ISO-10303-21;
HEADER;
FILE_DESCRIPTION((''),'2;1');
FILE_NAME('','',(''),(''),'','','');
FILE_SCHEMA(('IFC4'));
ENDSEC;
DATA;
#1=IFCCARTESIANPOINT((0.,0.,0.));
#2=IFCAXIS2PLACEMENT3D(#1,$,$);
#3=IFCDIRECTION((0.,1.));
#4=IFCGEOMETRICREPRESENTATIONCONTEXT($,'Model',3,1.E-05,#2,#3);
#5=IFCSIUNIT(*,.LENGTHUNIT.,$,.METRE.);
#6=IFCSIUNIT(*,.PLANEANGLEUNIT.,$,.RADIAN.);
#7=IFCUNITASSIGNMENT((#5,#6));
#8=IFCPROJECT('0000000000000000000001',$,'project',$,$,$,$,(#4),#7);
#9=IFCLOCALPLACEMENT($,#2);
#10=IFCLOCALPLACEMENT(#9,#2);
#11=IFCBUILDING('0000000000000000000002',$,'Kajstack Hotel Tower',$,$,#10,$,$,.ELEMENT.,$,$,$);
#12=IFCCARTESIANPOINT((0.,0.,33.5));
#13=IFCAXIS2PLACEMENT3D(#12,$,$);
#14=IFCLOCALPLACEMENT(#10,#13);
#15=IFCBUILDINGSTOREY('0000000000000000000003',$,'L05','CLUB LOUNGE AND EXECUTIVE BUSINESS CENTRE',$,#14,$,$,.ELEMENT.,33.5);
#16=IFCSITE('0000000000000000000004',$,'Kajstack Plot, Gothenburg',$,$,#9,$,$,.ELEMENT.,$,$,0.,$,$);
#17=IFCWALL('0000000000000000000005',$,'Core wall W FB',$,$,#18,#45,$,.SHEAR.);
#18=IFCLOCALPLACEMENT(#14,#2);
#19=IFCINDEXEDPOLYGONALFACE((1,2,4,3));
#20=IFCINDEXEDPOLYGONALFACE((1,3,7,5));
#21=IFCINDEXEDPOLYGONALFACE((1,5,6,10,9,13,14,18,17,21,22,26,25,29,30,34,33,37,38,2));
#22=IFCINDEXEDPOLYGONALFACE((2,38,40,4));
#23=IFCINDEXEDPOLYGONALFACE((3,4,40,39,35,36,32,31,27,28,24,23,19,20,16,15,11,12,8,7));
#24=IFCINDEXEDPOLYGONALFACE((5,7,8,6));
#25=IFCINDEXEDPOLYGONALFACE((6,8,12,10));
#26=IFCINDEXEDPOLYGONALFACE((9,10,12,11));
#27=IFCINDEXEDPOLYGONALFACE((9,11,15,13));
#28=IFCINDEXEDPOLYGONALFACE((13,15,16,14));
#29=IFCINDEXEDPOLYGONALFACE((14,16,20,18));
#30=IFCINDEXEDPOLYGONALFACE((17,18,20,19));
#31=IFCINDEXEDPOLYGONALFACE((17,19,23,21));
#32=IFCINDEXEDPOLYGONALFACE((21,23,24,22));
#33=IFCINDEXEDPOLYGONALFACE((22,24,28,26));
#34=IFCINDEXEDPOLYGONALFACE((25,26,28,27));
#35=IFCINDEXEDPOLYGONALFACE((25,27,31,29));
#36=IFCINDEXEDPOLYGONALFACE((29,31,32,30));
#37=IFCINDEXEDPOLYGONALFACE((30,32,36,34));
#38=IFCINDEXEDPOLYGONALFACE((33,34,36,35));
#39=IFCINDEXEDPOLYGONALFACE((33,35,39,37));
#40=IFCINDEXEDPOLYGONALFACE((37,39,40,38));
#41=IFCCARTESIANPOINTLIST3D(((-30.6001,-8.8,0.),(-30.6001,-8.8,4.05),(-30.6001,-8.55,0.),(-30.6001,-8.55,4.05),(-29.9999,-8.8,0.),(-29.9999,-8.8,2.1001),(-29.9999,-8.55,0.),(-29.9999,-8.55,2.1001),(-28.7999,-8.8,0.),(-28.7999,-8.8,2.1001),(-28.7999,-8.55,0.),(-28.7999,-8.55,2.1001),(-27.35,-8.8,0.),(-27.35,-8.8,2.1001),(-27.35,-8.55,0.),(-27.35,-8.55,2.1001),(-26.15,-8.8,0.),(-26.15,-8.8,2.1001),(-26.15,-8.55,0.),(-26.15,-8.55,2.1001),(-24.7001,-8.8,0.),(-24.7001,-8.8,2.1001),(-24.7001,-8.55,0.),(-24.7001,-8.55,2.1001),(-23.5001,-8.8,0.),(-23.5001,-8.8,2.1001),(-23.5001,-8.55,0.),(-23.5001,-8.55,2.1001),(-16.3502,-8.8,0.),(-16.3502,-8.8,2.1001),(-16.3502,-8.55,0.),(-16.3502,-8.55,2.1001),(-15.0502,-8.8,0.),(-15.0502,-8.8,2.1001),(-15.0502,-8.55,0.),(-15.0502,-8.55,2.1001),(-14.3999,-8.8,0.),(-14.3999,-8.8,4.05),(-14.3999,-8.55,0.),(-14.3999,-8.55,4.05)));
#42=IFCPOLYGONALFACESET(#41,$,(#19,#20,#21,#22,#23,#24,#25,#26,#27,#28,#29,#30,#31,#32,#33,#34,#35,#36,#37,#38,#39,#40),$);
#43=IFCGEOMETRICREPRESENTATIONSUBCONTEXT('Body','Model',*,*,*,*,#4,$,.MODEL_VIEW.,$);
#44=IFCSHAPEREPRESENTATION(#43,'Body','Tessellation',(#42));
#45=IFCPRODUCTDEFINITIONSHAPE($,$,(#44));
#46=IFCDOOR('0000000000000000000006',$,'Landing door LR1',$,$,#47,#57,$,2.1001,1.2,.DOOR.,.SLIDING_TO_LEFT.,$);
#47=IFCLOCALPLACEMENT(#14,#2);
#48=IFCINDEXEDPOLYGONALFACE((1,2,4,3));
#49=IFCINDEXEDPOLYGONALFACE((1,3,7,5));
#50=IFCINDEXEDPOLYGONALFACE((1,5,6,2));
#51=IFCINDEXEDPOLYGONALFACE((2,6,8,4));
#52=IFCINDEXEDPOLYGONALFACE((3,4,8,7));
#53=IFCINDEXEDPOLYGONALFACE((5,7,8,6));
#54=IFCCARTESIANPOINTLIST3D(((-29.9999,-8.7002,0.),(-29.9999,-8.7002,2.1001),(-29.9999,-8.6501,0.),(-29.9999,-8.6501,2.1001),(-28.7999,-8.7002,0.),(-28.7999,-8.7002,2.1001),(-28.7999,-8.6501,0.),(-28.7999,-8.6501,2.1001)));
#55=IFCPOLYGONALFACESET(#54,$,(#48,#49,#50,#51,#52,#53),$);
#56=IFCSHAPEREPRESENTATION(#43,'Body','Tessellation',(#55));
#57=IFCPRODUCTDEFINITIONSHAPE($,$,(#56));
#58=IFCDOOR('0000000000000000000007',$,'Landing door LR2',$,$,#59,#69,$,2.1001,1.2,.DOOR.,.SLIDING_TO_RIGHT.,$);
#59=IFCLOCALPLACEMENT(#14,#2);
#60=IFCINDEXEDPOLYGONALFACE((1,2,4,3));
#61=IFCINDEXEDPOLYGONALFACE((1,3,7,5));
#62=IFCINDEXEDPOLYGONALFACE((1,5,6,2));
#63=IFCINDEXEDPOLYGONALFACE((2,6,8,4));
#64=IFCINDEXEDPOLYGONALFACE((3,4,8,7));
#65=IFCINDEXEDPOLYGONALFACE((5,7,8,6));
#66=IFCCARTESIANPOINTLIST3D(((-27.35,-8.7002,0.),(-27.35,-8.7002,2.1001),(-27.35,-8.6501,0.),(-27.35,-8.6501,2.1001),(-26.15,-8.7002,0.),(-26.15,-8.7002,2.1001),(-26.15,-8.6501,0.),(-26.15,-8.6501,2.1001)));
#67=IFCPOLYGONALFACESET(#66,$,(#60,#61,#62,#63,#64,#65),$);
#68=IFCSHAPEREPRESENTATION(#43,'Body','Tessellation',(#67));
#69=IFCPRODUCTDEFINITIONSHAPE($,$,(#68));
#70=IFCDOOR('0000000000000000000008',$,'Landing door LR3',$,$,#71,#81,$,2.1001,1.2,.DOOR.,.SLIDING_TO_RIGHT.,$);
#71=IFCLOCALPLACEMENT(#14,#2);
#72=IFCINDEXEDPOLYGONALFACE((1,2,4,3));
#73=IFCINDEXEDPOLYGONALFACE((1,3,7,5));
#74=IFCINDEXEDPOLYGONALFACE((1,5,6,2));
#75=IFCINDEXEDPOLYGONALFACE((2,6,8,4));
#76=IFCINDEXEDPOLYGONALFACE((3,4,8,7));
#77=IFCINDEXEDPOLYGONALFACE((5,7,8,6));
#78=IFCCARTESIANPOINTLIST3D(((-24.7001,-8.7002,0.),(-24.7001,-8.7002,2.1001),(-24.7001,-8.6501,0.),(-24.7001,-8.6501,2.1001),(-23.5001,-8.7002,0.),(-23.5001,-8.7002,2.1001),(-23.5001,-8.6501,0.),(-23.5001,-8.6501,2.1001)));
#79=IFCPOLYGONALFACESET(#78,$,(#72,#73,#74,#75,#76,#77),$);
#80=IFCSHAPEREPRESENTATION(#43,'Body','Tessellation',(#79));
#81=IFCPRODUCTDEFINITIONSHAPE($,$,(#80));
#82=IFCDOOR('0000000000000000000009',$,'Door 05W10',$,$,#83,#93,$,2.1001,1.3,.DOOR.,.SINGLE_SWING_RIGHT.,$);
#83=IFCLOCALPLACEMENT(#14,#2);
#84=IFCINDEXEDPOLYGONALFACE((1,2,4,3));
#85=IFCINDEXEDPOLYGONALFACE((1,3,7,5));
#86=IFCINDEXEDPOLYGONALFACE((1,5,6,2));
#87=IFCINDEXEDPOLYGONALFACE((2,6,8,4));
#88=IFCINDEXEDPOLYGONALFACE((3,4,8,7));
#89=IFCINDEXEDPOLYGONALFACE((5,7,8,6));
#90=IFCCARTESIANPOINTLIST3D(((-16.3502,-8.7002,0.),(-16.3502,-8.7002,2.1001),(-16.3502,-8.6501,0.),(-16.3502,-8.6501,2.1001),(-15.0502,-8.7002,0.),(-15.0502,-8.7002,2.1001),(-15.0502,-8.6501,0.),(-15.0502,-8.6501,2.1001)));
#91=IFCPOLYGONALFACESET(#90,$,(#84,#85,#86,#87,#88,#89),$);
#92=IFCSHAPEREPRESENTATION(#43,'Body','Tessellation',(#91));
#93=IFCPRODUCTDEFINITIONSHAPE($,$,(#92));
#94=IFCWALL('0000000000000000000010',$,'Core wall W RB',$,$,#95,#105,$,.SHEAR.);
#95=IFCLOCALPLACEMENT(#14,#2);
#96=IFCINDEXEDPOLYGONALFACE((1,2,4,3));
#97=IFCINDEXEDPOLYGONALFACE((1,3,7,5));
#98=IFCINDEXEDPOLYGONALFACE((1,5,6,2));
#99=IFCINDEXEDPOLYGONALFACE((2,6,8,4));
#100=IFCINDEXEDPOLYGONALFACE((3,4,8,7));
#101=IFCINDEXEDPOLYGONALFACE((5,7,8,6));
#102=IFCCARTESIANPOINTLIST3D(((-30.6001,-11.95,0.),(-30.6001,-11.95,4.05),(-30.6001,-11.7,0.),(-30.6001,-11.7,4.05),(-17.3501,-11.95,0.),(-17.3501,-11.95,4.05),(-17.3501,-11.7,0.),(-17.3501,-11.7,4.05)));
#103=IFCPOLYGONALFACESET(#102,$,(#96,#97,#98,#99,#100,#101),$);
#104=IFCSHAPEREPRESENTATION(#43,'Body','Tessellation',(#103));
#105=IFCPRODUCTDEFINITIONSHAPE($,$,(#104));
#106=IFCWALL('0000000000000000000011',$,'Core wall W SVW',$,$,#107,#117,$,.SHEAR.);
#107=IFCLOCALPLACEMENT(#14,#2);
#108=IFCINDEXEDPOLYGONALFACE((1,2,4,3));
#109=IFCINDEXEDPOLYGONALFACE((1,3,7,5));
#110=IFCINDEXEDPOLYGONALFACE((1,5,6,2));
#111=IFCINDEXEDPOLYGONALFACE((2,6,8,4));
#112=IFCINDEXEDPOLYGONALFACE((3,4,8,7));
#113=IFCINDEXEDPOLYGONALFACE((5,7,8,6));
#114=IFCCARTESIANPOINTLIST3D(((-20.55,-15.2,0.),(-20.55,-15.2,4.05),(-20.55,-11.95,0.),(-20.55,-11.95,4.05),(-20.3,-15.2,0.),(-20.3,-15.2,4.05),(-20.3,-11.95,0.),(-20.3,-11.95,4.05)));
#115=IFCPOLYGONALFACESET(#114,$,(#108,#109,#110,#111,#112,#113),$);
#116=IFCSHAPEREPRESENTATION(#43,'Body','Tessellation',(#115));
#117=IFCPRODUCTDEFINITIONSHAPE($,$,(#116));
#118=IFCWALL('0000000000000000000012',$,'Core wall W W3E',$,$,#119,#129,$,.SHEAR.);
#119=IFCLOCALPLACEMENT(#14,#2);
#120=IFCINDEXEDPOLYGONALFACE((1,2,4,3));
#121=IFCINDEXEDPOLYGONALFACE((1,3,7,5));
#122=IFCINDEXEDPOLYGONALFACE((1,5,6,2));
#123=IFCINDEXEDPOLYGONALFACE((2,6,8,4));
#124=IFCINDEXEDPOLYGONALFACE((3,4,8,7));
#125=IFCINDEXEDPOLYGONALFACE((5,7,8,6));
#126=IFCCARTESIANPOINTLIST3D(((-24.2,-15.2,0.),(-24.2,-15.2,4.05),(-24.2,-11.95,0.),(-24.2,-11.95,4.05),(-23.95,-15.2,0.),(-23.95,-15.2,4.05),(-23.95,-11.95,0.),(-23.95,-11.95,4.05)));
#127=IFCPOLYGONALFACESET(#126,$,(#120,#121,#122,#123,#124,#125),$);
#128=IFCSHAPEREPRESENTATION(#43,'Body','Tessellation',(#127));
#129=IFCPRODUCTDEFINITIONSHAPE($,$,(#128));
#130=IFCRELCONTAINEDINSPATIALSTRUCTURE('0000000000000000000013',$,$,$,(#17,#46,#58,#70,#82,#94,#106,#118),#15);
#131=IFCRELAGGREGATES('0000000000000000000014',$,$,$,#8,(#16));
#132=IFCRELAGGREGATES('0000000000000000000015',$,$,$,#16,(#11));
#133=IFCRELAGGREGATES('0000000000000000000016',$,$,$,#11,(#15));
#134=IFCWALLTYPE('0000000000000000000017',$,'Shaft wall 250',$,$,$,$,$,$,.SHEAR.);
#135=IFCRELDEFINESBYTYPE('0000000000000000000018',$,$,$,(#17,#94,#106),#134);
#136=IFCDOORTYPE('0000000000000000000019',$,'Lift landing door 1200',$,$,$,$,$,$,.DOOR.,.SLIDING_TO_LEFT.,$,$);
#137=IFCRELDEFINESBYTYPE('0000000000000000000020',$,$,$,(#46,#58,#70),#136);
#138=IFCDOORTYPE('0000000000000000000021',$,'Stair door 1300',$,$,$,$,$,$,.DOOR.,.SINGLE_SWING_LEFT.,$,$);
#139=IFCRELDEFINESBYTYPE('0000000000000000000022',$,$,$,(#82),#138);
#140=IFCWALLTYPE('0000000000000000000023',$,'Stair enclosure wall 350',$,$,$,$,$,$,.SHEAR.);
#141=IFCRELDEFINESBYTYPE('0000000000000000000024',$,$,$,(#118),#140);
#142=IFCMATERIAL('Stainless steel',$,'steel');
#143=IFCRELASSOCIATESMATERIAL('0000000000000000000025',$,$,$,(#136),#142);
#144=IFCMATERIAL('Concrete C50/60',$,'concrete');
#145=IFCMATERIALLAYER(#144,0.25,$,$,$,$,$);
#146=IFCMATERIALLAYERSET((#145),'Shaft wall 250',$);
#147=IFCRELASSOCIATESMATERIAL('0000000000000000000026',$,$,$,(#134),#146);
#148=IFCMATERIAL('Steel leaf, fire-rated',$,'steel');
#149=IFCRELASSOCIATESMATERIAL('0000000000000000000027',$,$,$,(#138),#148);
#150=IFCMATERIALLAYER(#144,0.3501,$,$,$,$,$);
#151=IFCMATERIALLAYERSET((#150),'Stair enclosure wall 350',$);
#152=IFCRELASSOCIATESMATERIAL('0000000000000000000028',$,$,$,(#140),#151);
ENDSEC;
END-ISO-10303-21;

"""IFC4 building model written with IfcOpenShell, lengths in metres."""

from ifc_helpers import new_model, si_unit, direction, frame, frame_2d, origin, place, context, subcontext, project, spatial, rectangle, extrude, material, layer, layer_set, type_object, element, fill, save


model = new_model("IFC4")

# Units and contexts
model_context = context("Model", 3, precision=1e-05, world=origin(), true_north=direction((0.0, 1.0)))
body_context = subcontext(model_context, "Body", "Model", "MODEL_VIEW")
ifc_project = project(units=[si_unit("LENGTHUNIT", "METRE"), si_unit("PLANEANGLEUNIT", "RADIAN")], contexts=[model_context])

# Site, building, storey
site_placement = place(None, origin())
site = spatial("IfcSite", under=ifc_project, at=site_placement, Name="Kajstack Plot, Gothenburg", CompositionType="ELEMENT", RefElevation=0.0)
building_placement = place(site_placement, origin())
building = spatial("IfcBuilding", under=site, at=building_placement, Name="Kajstack Hotel Tower", CompositionType="ELEMENT")
storey_placement = place(building_placement, frame((0.0, 0.0, 33.5)))
storey = spatial("IfcBuildingStorey", under=building, at=storey_placement, Name="L05", Description="CLUB LOUNGE AND EXECUTIVE BUSINESS CENTRE", CompositionType="ELEMENT", Elevation=33.5)

# Shared definitions
ifc_material_1 = material(Name="Stainless steel", Category="steel")
door_type_1 = type_object("IfcDoorType", Name="Lift landing door 1200", OperationType="SLIDING_TO_LEFT", PredefinedType="DOOR", material=ifc_material_1)

# Shared definitions
ifc_material_2 = material(Name="Concrete C50/60", Category="concrete")

# Shared definitions
ifc_layer_1 = layer(ifc_material_2, 0.25)
ifc_layer_set_1 = layer_set([ifc_layer_1], Name="Shaft wall 250")
wall_type_1 = type_object("IfcWallType", Name="Shaft wall 250", PredefinedType="SHEAR", material=ifc_layer_set_1)
ifc_material_3 = material(Name="Steel leaf, fire-rated", Category="steel")
door_type_2 = type_object("IfcDoorType", Name="Stair door 1300", OperationType="SINGLE_SWING_LEFT", PredefinedType="DOOR", material=ifc_material_3)

# Wall, openings, doors
wall_1_placement = place(storey_placement, frame((-30.6001, -8.675, 0.0), z_axis=(0.0, 0.0, 1.0), x_axis=(1.0, 0.0, 0.0)))
wall_1 = element("IfcWall", 1, at=wall_1_placement, inside=storey, type_object=wall_type_1, Name="Core wall W FB", PredefinedType="SHEAR", context=body_context, shape_type="SweptSolid", body=[
    extrude(rectangle(XDim=16.2002, YDim=0.25, at=frame_2d((8.1001, 0.0))), origin(), (0.0, 0.0, 1.0), 4.05),
])
opening_1_placement = place(wall_1_placement, frame((0.6001, 0.0, 0.0)))
opening_1 = element("IfcOpeningElement", 2, at=opening_1_placement, cuts=wall_1, PredefinedType="OPENING", context=body_context, shape_type="SweptSolid", body=[
    extrude(rectangle(XDim=1.2, YDim=2.1001, at=frame_2d((0.6001, 1.05))), frame((0.0, 0.135, 0.0), z_axis=(0.0, -1.0, 0.0), x_axis=(1.0, 0.0, 0.0)), (0.0, 0.0, 1.0), 0.27),
])
opening_2_placement = place(wall_1_placement, frame((3.25, 0.0, 0.0)))
opening_2 = element("IfcOpeningElement", 3, at=opening_2_placement, cuts=wall_1, PredefinedType="OPENING", context=body_context, shape_type="SweptSolid", body=[
    extrude(rectangle(XDim=1.2, YDim=2.1001, at=frame_2d((0.6001, 1.05))), frame((0.0, 0.135, 0.0), z_axis=(0.0, -1.0, 0.0), x_axis=(1.0, 0.0, 0.0)), (0.0, 0.0, 1.0), 0.27),
])
opening_3_placement = place(wall_1_placement, frame((5.8999, 0.0, 0.0)))
opening_3 = element("IfcOpeningElement", 4, at=opening_3_placement, cuts=wall_1, PredefinedType="OPENING", context=body_context, shape_type="SweptSolid", body=[
    extrude(rectangle(XDim=1.2, YDim=2.1001, at=frame_2d((0.6001, 1.05))), frame((0.0, 0.135, 0.0), z_axis=(0.0, -1.0, 0.0), x_axis=(1.0, 0.0, 0.0)), (0.0, 0.0, 1.0), 0.27),
])
opening_4_placement = place(wall_1_placement, frame((14.25, 0.0, 0.0)))
opening_4 = element("IfcOpeningElement", 5, at=opening_4_placement, cuts=wall_1, PredefinedType="OPENING", context=body_context, shape_type="SweptSolid", body=[
    extrude(rectangle(XDim=1.3, YDim=2.1001, at=frame_2d((0.6499, 1.05))), frame((0.0, 0.135, 0.0), z_axis=(0.0, -1.0, 0.0), x_axis=(1.0, 0.0, 0.0)), (0.0, 0.0, 1.0), 0.27),
])
door_1_placement = place(opening_1_placement, origin())
door_1 = element("IfcDoor", 6, at=door_1_placement, inside=storey, type_object=door_type_1, Name="Landing door LR1", OperationType="SLIDING_TO_LEFT", OverallHeight=2.1001, OverallWidth=1.2, PredefinedType="DOOR", context=body_context, shape_type="SweptSolid", body=[
    extrude(rectangle(XDim=1.2, YDim=2.1001, at=frame_2d((0.6001, 1.05))), frame((0.0, 0.0249, 0.0), z_axis=(0.0, -1.0, 0.0), x_axis=(1.0, 0.0, 0.0)), (0.0, 0.0, 1.0), 0.05),
])
fill(opening_1, door_1)
door_2_placement = place(opening_2_placement, origin())
door_2 = element("IfcDoor", 7, at=door_2_placement, inside=storey, type_object=door_type_1, Name="Landing door LR2", OperationType="SLIDING_TO_RIGHT", OverallHeight=2.1001, OverallWidth=1.2, PredefinedType="DOOR", context=body_context, shape_type="SweptSolid", body=[
    extrude(rectangle(XDim=1.2, YDim=2.1001, at=frame_2d((0.6001, 1.05))), frame((0.0, 0.0249, 0.0), z_axis=(0.0, -1.0, 0.0), x_axis=(1.0, 0.0, 0.0)), (0.0, 0.0, 1.0), 0.05),
])
fill(opening_2, door_2)
door_3_placement = place(opening_3_placement, origin())
door_3 = element("IfcDoor", 8, at=door_3_placement, inside=storey, type_object=door_type_1, Name="Landing door LR3", OperationType="SLIDING_TO_RIGHT", OverallHeight=2.1001, OverallWidth=1.2, PredefinedType="DOOR", context=body_context, shape_type="SweptSolid", body=[
    extrude(rectangle(XDim=1.2, YDim=2.1001, at=frame_2d((0.6001, 1.05))), frame((0.0, 0.0249, 0.0), z_axis=(0.0, -1.0, 0.0), x_axis=(1.0, 0.0, 0.0)), (0.0, 0.0, 1.0), 0.05),
])
fill(opening_3, door_3)
door_4_placement = place(opening_4_placement, origin())
door_4 = element("IfcDoor", 9, at=door_4_placement, inside=storey, type_object=door_type_2, Name="Door 05W10", OperationType="SINGLE_SWING_RIGHT", OverallHeight=2.1001, OverallWidth=1.3, PredefinedType="DOOR", context=body_context, shape_type="SweptSolid", body=[
    extrude(rectangle(XDim=1.3, YDim=2.1001, at=frame_2d((0.6499, 1.05))), frame((0.0, 0.0249, 0.0), z_axis=(0.0, -1.0, 0.0), x_axis=(1.0, 0.0, 0.0)), (0.0, 0.0, 1.0), 0.05),
])
fill(opening_4, door_4)

# Walls
wall_2_placement = place(storey_placement, frame((-30.6001, -11.825, 0.0), z_axis=(0.0, 0.0, 1.0), x_axis=(1.0, 0.0, 0.0)))
element("IfcWall", 10, at=wall_2_placement, inside=storey, type_object=wall_type_1, Name="Core wall W RB", PredefinedType="SHEAR", context=body_context, shape_type="SweptSolid", body=[
    extrude(rectangle(XDim=13.25, YDim=0.25, at=frame_2d((6.625, 0.0))), origin(), (0.0, 0.0, 1.0), 4.05),
])
wall_3_placement = place(storey_placement, frame((-20.425, -15.2, 0.0), z_axis=(0.0, 0.0, 1.0), x_axis=(0.0, 1.0, 0.0)))
element("IfcWall", 11, at=wall_3_placement, inside=storey, type_object=wall_type_1, Name="Core wall W SVW", PredefinedType="SHEAR", context=body_context, shape_type="SweptSolid", body=[
    extrude(rectangle(XDim=3.25, YDim=0.25, at=frame_2d((1.625, 0.0))), origin(), (0.0, 0.0, 1.0), 4.05),
])
ifc_layer_2 = layer(ifc_material_2, 0.3501)
ifc_layer_set_2 = layer_set([ifc_layer_2], Name="Stair enclosure wall 350")
wall_type_2 = type_object("IfcWallType", Name="Stair enclosure wall 350", PredefinedType="SHEAR", material=ifc_layer_set_2)
wall_4_placement = place(storey_placement, frame((-24.075, -15.2, 0.0), z_axis=(0.0, 0.0, 1.0), x_axis=(0.0, 1.0, 0.0)))
element("IfcWall", 12, at=wall_4_placement, inside=storey, type_object=wall_type_2, Name="Core wall W W3E", PredefinedType="SHEAR", context=body_context, shape_type="SweptSolid", body=[
    extrude(rectangle(XDim=3.25, YDim=0.25, at=frame_2d((1.625, 0.0))), origin(), (0.0, 0.0, 1.0), 4.05),
])

save(model, "model.ifc")
